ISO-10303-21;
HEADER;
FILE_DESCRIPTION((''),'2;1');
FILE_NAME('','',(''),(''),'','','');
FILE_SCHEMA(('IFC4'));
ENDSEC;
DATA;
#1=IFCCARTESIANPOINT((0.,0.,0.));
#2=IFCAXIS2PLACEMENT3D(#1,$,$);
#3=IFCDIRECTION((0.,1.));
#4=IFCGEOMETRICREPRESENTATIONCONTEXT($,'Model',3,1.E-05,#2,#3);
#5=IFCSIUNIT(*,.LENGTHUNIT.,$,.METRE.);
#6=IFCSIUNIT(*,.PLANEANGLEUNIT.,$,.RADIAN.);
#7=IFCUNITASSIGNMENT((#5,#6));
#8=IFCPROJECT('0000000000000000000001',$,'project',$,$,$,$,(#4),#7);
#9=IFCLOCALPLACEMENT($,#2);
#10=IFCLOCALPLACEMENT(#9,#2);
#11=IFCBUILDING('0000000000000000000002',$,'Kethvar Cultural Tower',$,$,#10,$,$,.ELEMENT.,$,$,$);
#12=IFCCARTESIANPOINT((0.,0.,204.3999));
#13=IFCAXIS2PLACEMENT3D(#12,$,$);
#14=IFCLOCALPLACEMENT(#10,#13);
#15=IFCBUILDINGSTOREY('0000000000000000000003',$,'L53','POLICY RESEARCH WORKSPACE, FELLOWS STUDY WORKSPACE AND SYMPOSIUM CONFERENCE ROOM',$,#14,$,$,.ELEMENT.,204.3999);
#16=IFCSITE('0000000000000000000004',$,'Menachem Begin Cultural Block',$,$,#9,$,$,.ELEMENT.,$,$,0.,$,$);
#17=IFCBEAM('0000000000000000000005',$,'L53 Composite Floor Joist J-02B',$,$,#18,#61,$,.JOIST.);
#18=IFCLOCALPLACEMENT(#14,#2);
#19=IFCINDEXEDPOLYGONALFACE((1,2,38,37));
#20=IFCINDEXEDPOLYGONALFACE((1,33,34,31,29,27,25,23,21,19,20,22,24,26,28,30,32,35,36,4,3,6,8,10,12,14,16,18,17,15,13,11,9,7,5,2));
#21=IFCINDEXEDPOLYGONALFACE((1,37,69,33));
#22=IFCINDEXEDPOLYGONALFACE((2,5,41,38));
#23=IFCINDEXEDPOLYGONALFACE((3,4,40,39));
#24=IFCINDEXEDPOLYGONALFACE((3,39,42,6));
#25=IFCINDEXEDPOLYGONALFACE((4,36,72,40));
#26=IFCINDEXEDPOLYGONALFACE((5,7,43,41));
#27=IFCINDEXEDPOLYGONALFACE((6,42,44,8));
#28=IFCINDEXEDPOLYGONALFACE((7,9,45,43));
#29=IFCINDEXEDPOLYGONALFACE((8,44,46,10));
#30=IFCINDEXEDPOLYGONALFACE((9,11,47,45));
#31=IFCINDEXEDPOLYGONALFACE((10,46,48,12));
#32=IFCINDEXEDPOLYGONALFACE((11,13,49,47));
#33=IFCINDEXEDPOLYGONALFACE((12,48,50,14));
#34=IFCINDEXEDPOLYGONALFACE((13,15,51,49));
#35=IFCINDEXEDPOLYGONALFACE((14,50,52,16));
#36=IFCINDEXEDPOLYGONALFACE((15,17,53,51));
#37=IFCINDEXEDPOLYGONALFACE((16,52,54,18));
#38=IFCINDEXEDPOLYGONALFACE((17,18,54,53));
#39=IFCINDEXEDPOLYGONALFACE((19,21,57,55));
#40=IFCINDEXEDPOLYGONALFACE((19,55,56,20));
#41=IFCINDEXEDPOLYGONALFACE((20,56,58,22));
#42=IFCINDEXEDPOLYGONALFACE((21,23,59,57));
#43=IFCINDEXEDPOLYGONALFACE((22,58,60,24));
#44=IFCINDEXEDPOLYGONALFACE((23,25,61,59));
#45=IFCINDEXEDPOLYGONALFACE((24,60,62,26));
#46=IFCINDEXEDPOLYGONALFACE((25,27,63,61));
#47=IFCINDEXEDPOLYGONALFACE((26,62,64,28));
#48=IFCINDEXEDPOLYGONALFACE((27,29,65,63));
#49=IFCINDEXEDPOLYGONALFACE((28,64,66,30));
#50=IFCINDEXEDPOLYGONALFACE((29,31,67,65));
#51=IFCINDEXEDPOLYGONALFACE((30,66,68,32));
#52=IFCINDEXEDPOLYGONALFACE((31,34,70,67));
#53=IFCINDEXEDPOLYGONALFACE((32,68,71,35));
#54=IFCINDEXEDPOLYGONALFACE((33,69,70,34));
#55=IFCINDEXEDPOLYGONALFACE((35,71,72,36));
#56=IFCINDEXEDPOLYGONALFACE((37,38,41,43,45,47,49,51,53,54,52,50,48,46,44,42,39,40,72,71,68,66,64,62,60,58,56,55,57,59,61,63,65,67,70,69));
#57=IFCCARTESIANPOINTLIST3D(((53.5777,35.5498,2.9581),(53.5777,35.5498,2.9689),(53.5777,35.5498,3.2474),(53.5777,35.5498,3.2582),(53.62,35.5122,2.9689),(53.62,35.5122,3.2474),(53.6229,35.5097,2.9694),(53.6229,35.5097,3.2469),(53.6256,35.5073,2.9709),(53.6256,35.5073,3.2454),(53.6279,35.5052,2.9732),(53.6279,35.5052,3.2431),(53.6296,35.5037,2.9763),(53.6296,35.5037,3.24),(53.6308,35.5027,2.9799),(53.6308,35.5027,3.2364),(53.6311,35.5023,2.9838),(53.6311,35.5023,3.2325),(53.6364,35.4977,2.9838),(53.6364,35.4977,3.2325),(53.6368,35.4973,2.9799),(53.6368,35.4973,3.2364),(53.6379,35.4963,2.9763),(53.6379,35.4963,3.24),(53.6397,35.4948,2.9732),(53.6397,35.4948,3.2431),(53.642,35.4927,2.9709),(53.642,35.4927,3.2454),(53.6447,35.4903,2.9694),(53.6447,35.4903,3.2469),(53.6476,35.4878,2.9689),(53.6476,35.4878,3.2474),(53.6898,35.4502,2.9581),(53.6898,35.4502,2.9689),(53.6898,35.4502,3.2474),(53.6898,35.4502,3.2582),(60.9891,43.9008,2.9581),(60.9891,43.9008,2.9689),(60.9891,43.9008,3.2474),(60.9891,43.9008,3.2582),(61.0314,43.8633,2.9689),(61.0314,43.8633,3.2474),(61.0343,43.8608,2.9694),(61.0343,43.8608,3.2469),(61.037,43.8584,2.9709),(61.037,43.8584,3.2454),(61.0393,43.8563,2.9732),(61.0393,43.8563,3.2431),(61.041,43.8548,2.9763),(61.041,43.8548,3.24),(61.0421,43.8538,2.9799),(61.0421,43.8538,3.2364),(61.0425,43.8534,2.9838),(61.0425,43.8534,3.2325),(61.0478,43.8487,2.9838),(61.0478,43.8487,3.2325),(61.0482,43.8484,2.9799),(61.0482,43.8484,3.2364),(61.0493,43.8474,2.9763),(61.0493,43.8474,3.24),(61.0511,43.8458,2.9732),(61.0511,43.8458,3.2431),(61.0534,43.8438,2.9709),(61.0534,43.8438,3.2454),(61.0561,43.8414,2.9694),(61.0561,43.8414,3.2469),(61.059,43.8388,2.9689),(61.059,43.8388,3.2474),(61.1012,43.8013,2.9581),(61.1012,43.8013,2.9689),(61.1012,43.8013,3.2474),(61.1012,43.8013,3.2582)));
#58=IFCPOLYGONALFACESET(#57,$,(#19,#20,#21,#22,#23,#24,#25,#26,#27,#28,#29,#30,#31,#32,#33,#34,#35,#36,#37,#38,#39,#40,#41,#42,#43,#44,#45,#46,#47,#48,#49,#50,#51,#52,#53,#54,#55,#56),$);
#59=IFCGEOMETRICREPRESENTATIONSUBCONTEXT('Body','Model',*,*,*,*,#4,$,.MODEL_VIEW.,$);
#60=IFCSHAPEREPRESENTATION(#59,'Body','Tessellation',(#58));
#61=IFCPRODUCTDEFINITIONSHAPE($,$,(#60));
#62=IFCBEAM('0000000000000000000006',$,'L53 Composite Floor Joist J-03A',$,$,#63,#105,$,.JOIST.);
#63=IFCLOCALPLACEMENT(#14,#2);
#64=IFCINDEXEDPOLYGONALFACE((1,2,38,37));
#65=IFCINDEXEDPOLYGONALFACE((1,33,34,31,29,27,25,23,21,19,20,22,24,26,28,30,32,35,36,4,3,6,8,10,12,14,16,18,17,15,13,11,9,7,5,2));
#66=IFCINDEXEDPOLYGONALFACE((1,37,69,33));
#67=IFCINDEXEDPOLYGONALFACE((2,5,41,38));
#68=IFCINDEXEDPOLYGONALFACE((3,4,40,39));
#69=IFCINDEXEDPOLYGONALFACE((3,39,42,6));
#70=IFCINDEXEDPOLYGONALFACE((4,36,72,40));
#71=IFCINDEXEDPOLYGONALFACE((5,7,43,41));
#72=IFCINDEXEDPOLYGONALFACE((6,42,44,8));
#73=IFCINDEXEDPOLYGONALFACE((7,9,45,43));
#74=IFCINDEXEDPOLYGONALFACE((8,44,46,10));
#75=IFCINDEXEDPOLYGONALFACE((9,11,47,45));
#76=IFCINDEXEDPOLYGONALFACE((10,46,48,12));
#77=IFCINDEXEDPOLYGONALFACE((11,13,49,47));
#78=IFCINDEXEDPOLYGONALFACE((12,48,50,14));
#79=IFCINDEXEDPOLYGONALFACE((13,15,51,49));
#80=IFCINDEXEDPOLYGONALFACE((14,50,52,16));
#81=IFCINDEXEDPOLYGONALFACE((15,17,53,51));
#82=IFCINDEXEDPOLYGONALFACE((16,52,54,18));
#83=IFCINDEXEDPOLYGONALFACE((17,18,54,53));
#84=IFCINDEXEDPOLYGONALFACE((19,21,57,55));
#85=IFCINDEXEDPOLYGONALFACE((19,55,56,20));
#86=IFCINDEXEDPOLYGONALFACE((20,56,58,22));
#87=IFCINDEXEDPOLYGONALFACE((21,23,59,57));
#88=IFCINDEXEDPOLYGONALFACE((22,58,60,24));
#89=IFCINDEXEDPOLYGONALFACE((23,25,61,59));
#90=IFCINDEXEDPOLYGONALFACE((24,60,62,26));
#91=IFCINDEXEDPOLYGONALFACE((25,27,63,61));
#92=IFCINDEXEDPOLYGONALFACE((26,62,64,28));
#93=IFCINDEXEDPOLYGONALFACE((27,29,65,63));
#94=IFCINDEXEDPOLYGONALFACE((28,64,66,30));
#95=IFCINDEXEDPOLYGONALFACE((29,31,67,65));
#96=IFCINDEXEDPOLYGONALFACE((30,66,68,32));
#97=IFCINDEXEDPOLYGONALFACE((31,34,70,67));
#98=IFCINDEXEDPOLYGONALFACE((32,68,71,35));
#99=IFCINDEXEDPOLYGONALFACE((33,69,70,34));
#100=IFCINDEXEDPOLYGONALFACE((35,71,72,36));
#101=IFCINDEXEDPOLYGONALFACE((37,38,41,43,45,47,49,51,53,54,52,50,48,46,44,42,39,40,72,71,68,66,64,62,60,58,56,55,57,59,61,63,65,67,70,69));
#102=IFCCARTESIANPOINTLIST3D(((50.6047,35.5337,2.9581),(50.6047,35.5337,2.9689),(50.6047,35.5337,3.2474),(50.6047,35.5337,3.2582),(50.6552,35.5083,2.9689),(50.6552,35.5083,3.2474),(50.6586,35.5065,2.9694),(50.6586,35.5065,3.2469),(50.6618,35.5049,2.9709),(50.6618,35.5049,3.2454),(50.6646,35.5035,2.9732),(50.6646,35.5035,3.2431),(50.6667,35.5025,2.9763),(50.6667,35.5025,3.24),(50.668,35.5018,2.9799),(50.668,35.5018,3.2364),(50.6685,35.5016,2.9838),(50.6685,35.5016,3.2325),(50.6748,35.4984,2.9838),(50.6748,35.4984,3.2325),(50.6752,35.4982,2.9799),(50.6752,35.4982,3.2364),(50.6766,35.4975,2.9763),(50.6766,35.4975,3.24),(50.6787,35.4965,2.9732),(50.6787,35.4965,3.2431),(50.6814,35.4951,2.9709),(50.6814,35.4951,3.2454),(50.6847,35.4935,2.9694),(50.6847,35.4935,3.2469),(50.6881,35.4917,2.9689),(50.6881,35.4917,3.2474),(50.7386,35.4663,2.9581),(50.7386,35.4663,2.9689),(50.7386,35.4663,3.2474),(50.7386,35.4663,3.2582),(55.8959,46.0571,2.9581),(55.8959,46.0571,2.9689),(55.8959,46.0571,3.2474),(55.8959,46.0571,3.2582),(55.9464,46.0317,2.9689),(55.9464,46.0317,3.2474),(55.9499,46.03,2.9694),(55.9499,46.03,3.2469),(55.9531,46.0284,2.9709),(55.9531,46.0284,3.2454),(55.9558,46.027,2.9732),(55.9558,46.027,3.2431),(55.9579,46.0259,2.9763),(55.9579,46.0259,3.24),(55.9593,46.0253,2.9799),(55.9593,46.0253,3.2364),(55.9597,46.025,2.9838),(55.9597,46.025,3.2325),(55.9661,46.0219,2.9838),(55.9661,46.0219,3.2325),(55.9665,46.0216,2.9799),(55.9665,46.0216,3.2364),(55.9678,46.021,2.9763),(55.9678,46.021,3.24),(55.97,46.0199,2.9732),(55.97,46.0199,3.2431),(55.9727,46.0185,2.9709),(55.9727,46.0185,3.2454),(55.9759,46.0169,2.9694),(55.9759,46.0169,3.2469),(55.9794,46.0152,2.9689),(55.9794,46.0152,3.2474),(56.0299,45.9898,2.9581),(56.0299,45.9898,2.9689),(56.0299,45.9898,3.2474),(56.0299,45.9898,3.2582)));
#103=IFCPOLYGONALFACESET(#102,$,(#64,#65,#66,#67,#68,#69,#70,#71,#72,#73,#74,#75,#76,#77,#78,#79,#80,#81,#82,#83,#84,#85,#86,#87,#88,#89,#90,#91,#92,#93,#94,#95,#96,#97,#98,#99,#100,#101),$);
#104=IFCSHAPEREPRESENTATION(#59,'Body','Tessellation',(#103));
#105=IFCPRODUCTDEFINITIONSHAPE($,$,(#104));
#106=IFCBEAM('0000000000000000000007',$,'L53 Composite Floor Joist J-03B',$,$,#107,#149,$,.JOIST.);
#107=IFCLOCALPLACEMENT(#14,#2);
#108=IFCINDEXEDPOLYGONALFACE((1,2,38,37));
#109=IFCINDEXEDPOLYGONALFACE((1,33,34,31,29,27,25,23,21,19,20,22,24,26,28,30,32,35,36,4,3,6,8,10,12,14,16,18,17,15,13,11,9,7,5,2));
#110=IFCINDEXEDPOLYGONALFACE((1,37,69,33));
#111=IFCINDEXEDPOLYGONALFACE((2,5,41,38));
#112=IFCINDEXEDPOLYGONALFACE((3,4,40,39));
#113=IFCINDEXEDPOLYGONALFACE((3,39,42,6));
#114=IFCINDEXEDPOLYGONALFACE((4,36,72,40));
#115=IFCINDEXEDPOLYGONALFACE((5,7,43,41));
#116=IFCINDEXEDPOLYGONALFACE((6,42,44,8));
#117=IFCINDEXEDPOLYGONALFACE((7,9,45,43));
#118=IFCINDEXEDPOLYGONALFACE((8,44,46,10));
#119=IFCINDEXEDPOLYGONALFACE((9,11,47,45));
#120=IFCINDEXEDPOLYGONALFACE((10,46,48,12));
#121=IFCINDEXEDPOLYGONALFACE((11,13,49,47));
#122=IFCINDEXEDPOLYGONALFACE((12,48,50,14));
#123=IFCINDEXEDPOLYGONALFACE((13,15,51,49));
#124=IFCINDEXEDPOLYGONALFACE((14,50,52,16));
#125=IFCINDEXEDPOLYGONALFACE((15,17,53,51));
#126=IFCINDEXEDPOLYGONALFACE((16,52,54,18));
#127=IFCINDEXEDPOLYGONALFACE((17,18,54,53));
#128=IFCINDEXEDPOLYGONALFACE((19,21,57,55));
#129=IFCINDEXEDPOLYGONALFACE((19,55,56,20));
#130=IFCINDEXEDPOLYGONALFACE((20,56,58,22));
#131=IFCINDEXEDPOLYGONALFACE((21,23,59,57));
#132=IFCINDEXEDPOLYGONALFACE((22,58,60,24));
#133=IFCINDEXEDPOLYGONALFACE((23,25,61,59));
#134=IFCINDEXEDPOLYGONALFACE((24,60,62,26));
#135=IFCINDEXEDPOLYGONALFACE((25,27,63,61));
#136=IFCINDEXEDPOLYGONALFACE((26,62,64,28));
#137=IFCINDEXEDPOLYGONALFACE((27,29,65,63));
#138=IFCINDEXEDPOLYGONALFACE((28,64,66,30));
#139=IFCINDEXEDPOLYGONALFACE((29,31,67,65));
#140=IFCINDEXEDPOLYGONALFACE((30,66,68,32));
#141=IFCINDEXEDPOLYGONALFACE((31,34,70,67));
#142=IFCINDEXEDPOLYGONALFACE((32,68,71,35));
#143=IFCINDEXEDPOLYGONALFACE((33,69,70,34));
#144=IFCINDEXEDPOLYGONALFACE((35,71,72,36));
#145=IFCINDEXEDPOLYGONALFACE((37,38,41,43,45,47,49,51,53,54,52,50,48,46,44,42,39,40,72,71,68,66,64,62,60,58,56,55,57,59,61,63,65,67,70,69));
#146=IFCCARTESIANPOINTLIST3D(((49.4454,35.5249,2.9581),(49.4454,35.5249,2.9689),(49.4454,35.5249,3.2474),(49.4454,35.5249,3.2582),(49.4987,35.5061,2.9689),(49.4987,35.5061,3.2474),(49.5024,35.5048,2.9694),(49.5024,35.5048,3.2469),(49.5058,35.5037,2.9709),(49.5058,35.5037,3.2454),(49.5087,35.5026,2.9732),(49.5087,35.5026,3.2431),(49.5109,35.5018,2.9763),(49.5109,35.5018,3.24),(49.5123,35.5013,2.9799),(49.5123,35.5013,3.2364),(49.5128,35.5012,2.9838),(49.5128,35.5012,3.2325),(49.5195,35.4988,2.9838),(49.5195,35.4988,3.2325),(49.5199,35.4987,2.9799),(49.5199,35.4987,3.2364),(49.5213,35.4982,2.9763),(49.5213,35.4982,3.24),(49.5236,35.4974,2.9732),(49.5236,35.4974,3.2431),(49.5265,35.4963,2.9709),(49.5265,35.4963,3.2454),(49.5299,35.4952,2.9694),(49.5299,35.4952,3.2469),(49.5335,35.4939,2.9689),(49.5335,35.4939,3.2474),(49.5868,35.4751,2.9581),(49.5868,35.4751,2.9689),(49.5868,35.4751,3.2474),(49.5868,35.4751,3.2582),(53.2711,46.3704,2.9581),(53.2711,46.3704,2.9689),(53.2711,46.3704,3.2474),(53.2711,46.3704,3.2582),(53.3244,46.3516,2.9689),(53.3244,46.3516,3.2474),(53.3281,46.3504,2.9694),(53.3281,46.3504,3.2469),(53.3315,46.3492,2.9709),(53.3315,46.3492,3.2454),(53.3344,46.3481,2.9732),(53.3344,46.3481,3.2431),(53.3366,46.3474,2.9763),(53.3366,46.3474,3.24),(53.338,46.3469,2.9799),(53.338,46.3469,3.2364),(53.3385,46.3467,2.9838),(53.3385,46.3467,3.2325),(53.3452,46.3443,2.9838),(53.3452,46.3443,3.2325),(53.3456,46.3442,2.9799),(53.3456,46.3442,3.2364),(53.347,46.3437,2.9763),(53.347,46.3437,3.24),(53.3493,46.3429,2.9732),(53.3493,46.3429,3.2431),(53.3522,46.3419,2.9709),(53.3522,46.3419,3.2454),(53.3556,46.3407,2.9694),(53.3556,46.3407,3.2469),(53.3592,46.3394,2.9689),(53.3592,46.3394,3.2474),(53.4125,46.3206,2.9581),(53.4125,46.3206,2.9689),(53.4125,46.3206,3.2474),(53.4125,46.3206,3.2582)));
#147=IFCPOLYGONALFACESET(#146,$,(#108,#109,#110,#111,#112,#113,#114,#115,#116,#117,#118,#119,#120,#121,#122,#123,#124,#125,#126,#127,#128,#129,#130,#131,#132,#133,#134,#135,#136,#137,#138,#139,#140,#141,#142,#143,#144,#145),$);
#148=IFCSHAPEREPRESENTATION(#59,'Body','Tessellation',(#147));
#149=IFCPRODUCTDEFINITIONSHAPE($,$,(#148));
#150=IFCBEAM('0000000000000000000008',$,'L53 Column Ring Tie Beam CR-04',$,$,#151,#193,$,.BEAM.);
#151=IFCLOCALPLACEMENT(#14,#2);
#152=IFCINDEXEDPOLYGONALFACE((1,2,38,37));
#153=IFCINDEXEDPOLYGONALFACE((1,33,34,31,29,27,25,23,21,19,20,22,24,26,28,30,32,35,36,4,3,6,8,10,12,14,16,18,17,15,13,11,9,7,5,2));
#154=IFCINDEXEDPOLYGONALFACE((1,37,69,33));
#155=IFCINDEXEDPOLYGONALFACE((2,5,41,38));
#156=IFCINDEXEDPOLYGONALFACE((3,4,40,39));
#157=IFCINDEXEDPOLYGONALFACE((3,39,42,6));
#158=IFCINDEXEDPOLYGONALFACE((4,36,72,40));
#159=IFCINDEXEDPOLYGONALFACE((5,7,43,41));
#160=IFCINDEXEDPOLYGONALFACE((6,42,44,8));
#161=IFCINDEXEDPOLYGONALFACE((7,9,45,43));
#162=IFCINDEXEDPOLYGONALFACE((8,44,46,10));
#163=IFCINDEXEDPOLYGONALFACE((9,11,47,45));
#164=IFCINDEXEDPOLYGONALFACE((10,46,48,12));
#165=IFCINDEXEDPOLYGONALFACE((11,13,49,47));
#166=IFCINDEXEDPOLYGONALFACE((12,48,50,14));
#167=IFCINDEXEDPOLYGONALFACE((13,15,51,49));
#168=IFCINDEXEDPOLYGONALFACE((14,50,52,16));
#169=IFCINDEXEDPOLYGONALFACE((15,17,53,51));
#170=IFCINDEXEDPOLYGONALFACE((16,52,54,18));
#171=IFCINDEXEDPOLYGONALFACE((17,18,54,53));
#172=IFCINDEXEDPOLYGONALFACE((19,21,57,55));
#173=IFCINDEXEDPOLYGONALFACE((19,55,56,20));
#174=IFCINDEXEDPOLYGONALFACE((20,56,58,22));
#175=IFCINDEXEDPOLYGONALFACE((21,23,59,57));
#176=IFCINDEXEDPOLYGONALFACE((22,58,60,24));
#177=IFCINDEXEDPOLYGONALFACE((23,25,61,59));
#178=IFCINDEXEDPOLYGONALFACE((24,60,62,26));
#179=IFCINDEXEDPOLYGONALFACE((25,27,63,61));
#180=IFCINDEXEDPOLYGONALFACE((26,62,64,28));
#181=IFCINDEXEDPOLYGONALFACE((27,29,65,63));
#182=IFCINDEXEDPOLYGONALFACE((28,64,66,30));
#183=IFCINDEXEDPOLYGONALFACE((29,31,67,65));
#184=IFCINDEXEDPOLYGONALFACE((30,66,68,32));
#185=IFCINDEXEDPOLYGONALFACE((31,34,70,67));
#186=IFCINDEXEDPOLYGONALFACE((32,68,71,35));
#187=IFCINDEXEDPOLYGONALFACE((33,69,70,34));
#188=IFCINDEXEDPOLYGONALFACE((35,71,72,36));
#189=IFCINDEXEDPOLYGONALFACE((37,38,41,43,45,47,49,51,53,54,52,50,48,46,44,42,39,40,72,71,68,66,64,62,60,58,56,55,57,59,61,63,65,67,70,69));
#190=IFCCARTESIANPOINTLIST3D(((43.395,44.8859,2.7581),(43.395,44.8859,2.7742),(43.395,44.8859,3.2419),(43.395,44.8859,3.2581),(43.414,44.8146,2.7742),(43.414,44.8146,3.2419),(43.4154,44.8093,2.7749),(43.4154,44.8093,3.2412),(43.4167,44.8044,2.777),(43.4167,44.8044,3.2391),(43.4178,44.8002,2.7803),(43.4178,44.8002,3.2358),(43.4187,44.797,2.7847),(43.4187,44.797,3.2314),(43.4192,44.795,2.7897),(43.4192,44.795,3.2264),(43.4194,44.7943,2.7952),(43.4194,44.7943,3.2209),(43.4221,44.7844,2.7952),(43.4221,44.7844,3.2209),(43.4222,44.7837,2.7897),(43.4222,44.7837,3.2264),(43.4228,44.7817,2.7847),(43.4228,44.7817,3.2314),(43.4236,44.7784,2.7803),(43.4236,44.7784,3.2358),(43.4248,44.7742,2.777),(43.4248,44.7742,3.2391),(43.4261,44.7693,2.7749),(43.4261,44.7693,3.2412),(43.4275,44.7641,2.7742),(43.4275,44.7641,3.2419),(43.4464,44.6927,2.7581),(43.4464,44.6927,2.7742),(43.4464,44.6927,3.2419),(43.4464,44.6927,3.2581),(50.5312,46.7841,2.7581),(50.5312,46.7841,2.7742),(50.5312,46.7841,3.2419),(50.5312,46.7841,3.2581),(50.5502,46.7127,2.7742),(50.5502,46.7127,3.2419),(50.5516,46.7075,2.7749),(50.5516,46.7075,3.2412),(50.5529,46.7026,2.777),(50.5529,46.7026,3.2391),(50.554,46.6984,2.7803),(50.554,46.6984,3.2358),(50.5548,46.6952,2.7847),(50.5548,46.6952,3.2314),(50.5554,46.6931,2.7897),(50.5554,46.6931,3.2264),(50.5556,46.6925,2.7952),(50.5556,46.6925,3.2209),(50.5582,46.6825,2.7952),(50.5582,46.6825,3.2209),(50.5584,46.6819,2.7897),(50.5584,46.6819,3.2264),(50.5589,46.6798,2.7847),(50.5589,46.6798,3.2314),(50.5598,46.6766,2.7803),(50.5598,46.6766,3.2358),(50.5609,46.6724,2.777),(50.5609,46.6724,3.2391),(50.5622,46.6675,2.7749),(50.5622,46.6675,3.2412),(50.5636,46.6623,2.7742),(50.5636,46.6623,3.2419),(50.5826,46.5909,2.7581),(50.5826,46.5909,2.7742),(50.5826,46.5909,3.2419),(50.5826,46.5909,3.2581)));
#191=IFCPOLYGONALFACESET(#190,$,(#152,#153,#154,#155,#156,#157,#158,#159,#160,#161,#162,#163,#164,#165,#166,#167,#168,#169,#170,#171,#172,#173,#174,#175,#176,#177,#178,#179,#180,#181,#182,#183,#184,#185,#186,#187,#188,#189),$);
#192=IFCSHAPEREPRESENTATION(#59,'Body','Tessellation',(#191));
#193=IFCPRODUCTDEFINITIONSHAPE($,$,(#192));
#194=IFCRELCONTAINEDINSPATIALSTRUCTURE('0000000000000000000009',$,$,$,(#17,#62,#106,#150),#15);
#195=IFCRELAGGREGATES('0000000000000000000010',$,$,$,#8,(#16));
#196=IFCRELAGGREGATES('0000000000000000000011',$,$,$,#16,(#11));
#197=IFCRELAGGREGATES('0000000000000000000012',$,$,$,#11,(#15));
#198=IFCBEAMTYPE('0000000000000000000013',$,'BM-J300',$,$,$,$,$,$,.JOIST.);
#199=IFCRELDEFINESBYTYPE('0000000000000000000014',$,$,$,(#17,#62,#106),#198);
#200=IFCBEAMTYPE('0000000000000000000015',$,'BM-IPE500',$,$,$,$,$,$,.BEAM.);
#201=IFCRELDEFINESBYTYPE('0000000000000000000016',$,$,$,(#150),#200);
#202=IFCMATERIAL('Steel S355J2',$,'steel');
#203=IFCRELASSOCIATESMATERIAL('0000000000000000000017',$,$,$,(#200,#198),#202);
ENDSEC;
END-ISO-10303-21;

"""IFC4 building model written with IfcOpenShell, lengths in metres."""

from ifc_helpers import new_model, si_unit, direction, frame, origin, origin_2d, place, context, subcontext, project, spatial, i_section, extrude, source, transform, mapped, material, material_profile, profile_set, type_object, element, save


model = new_model("IFC4")

# Units and contexts
model_context = context("Model", 3, precision=1e-05, world=origin(), true_north=direction((0.0, 1.0)))
body_context = subcontext(model_context, "Body", "Model", "MODEL_VIEW")
ifc_project = project(units=[si_unit("LENGTHUNIT", "METRE"), si_unit("PLANEANGLEUNIT", "RADIAN")], contexts=[model_context])

# Site, building, storey
site_placement = place(None, origin())
site = spatial("IfcSite", under=ifc_project, at=site_placement, Name="Menachem Begin Cultural Block", CompositionType="ELEMENT", RefElevation=0.0)
building_placement = place(site_placement, origin())
building = spatial("IfcBuilding", under=site, at=building_placement, Name="Kethvar Cultural Tower", CompositionType="ELEMENT")
storey_placement = place(building_placement, frame((0.0, 0.0, 204.3999)))
storey = spatial("IfcBuildingStorey", under=building, at=storey_placement, Name="L53", Description="POLICY RESEARCH WORKSPACE, FELLOWS STUDY WORKSPACE AND SYMPOSIUM CONFERENCE ROOM", CompositionType="ELEMENT", Elevation=204.3999)

# Beams
ifc_material_1 = material(Name="Steel S355J2", Category="steel")
ifc_material_profile_1 = material_profile(ifc_material_1, i_section(OverallWidth=0.2, OverallDepth=0.5, WebThickness=0.0103, FlangeThickness=0.0161, FilletRadius=0.021, at=origin_2d()), Name="Steel S355J2 — IPE500")
ifc_profile_set_1 = profile_set([ifc_material_profile_1], Name="Steel S355J2 — IPE500")
beam_type_1 = type_object("IfcBeamType", Name="BM-IPE500", PredefinedType="BEAM", material=ifc_profile_set_1)
ifc_material_profile_2 = material_profile(ifc_material_1, i_section(OverallWidth=0.1499, OverallDepth=0.3, WebThickness=0.0071, FlangeThickness=0.0107, FilletRadius=0.0149, at=origin_2d()), Name="Steel S355J2 — IPE300")
ifc_profile_set_2 = profile_set([ifc_material_profile_2], Name="Steel S355J2 — IPE300")
beam_type_2 = type_object("IfcBeamType", Name="BM-J300", PredefinedType="JOIST", material=ifc_profile_set_2)
shared_shape_1 = source(origin(), body_context, "Body", "SweptSolid", [
    extrude(i_section(OverallWidth=0.1499, OverallDepth=0.3, WebThickness=0.0071, FlangeThickness=0.0107, FilletRadius=0.0149, at=origin_2d()), origin(), (0.0, 0.0, 1.0), 11.1655),
])
beam_1_placement = place(storey_placement, frame((53.6338, 35.5, 3.1082), z_axis=(0.663773, 0.747934, 0.0), x_axis=(-0.747934, 0.663773, 0.0)))
element("IfcBeam", 1, at=beam_1_placement, inside=storey, type_object=beam_type_2, Name="L53 Composite Floor Joist J-02B", PredefinedType="JOIST", context=body_context, shape_type="MappedRepresentation", body=[
    mapped(shared_shape_1, transform((0.0, 0.0, 0.0), scale=1.0)),
])
shared_shape_2 = source(origin(), body_context, "Body", "SweptSolid", [
    extrude(i_section(OverallWidth=0.1499, OverallDepth=0.3, WebThickness=0.0071, FlangeThickness=0.0107, FilletRadius=0.0149, at=origin_2d()), origin(), (0.0, 0.0, 1.0), 11.7788),
])
beam_2_placement = place(storey_placement, frame((50.6716, 35.5, 3.1082), z_axis=(0.449219, 0.893422, 0.0), x_axis=(-0.893422, 0.449219, 0.0)))
element("IfcBeam", 2, at=beam_2_placement, inside=storey, type_object=beam_type_2, Name="L53 Composite Floor Joist J-03A", PredefinedType="JOIST", context=body_context, shape_type="MappedRepresentation", body=[
    mapped(shared_shape_2, transform((0.0, 0.0, 0.0), scale=1.0)),
])
shared_shape_3 = source(origin(), body_context, "Body", "SweptSolid", [
    extrude(i_section(OverallWidth=0.1499, OverallDepth=0.3, WebThickness=0.0071, FlangeThickness=0.0107, FilletRadius=0.0149, at=origin_2d()), origin(), (0.0, 0.0, 1.0), 11.5005),
])
beam_3_placement = place(storey_placement, frame((49.5161, 35.5, 3.1082), z_axis=(0.332656, 0.943048, 0.0), x_axis=(-0.943048, 0.332656, 0.0)))
element("IfcBeam", 3, at=beam_3_placement, inside=storey, type_object=beam_type_2, Name="L53 Composite Floor Joist J-03B", PredefinedType="JOIST", context=body_context, shape_type="MappedRepresentation", body=[
    mapped(shared_shape_3, transform((0.0, 0.0, 0.0), scale=1.0)),
])
shared_shape_4 = source(origin(), body_context, "Body", "SweptSolid", [
    extrude(i_section(OverallWidth=0.2, OverallDepth=0.5, WebThickness=0.0103, FlangeThickness=0.0161, FilletRadius=0.021, at=origin_2d()), origin(), (0.0, 0.0, 1.0), 7.3843),
])
beam_4_placement = place(storey_placement, frame((50.5569, 46.6875, 3.0081), z_axis=(-0.966397, -0.257056, 0.0), x_axis=(0.257056, -0.966397, 0.0)))
element("IfcBeam", 4, at=beam_4_placement, inside=storey, type_object=beam_type_1, Name="L53 Column Ring Tie Beam CR-04", PredefinedType="BEAM", context=body_context, shape_type="MappedRepresentation", body=[
    mapped(shared_shape_4, transform((0.0, 0.0, 0.0), scale=1.0)),
])

save(model, "model.ifc")
